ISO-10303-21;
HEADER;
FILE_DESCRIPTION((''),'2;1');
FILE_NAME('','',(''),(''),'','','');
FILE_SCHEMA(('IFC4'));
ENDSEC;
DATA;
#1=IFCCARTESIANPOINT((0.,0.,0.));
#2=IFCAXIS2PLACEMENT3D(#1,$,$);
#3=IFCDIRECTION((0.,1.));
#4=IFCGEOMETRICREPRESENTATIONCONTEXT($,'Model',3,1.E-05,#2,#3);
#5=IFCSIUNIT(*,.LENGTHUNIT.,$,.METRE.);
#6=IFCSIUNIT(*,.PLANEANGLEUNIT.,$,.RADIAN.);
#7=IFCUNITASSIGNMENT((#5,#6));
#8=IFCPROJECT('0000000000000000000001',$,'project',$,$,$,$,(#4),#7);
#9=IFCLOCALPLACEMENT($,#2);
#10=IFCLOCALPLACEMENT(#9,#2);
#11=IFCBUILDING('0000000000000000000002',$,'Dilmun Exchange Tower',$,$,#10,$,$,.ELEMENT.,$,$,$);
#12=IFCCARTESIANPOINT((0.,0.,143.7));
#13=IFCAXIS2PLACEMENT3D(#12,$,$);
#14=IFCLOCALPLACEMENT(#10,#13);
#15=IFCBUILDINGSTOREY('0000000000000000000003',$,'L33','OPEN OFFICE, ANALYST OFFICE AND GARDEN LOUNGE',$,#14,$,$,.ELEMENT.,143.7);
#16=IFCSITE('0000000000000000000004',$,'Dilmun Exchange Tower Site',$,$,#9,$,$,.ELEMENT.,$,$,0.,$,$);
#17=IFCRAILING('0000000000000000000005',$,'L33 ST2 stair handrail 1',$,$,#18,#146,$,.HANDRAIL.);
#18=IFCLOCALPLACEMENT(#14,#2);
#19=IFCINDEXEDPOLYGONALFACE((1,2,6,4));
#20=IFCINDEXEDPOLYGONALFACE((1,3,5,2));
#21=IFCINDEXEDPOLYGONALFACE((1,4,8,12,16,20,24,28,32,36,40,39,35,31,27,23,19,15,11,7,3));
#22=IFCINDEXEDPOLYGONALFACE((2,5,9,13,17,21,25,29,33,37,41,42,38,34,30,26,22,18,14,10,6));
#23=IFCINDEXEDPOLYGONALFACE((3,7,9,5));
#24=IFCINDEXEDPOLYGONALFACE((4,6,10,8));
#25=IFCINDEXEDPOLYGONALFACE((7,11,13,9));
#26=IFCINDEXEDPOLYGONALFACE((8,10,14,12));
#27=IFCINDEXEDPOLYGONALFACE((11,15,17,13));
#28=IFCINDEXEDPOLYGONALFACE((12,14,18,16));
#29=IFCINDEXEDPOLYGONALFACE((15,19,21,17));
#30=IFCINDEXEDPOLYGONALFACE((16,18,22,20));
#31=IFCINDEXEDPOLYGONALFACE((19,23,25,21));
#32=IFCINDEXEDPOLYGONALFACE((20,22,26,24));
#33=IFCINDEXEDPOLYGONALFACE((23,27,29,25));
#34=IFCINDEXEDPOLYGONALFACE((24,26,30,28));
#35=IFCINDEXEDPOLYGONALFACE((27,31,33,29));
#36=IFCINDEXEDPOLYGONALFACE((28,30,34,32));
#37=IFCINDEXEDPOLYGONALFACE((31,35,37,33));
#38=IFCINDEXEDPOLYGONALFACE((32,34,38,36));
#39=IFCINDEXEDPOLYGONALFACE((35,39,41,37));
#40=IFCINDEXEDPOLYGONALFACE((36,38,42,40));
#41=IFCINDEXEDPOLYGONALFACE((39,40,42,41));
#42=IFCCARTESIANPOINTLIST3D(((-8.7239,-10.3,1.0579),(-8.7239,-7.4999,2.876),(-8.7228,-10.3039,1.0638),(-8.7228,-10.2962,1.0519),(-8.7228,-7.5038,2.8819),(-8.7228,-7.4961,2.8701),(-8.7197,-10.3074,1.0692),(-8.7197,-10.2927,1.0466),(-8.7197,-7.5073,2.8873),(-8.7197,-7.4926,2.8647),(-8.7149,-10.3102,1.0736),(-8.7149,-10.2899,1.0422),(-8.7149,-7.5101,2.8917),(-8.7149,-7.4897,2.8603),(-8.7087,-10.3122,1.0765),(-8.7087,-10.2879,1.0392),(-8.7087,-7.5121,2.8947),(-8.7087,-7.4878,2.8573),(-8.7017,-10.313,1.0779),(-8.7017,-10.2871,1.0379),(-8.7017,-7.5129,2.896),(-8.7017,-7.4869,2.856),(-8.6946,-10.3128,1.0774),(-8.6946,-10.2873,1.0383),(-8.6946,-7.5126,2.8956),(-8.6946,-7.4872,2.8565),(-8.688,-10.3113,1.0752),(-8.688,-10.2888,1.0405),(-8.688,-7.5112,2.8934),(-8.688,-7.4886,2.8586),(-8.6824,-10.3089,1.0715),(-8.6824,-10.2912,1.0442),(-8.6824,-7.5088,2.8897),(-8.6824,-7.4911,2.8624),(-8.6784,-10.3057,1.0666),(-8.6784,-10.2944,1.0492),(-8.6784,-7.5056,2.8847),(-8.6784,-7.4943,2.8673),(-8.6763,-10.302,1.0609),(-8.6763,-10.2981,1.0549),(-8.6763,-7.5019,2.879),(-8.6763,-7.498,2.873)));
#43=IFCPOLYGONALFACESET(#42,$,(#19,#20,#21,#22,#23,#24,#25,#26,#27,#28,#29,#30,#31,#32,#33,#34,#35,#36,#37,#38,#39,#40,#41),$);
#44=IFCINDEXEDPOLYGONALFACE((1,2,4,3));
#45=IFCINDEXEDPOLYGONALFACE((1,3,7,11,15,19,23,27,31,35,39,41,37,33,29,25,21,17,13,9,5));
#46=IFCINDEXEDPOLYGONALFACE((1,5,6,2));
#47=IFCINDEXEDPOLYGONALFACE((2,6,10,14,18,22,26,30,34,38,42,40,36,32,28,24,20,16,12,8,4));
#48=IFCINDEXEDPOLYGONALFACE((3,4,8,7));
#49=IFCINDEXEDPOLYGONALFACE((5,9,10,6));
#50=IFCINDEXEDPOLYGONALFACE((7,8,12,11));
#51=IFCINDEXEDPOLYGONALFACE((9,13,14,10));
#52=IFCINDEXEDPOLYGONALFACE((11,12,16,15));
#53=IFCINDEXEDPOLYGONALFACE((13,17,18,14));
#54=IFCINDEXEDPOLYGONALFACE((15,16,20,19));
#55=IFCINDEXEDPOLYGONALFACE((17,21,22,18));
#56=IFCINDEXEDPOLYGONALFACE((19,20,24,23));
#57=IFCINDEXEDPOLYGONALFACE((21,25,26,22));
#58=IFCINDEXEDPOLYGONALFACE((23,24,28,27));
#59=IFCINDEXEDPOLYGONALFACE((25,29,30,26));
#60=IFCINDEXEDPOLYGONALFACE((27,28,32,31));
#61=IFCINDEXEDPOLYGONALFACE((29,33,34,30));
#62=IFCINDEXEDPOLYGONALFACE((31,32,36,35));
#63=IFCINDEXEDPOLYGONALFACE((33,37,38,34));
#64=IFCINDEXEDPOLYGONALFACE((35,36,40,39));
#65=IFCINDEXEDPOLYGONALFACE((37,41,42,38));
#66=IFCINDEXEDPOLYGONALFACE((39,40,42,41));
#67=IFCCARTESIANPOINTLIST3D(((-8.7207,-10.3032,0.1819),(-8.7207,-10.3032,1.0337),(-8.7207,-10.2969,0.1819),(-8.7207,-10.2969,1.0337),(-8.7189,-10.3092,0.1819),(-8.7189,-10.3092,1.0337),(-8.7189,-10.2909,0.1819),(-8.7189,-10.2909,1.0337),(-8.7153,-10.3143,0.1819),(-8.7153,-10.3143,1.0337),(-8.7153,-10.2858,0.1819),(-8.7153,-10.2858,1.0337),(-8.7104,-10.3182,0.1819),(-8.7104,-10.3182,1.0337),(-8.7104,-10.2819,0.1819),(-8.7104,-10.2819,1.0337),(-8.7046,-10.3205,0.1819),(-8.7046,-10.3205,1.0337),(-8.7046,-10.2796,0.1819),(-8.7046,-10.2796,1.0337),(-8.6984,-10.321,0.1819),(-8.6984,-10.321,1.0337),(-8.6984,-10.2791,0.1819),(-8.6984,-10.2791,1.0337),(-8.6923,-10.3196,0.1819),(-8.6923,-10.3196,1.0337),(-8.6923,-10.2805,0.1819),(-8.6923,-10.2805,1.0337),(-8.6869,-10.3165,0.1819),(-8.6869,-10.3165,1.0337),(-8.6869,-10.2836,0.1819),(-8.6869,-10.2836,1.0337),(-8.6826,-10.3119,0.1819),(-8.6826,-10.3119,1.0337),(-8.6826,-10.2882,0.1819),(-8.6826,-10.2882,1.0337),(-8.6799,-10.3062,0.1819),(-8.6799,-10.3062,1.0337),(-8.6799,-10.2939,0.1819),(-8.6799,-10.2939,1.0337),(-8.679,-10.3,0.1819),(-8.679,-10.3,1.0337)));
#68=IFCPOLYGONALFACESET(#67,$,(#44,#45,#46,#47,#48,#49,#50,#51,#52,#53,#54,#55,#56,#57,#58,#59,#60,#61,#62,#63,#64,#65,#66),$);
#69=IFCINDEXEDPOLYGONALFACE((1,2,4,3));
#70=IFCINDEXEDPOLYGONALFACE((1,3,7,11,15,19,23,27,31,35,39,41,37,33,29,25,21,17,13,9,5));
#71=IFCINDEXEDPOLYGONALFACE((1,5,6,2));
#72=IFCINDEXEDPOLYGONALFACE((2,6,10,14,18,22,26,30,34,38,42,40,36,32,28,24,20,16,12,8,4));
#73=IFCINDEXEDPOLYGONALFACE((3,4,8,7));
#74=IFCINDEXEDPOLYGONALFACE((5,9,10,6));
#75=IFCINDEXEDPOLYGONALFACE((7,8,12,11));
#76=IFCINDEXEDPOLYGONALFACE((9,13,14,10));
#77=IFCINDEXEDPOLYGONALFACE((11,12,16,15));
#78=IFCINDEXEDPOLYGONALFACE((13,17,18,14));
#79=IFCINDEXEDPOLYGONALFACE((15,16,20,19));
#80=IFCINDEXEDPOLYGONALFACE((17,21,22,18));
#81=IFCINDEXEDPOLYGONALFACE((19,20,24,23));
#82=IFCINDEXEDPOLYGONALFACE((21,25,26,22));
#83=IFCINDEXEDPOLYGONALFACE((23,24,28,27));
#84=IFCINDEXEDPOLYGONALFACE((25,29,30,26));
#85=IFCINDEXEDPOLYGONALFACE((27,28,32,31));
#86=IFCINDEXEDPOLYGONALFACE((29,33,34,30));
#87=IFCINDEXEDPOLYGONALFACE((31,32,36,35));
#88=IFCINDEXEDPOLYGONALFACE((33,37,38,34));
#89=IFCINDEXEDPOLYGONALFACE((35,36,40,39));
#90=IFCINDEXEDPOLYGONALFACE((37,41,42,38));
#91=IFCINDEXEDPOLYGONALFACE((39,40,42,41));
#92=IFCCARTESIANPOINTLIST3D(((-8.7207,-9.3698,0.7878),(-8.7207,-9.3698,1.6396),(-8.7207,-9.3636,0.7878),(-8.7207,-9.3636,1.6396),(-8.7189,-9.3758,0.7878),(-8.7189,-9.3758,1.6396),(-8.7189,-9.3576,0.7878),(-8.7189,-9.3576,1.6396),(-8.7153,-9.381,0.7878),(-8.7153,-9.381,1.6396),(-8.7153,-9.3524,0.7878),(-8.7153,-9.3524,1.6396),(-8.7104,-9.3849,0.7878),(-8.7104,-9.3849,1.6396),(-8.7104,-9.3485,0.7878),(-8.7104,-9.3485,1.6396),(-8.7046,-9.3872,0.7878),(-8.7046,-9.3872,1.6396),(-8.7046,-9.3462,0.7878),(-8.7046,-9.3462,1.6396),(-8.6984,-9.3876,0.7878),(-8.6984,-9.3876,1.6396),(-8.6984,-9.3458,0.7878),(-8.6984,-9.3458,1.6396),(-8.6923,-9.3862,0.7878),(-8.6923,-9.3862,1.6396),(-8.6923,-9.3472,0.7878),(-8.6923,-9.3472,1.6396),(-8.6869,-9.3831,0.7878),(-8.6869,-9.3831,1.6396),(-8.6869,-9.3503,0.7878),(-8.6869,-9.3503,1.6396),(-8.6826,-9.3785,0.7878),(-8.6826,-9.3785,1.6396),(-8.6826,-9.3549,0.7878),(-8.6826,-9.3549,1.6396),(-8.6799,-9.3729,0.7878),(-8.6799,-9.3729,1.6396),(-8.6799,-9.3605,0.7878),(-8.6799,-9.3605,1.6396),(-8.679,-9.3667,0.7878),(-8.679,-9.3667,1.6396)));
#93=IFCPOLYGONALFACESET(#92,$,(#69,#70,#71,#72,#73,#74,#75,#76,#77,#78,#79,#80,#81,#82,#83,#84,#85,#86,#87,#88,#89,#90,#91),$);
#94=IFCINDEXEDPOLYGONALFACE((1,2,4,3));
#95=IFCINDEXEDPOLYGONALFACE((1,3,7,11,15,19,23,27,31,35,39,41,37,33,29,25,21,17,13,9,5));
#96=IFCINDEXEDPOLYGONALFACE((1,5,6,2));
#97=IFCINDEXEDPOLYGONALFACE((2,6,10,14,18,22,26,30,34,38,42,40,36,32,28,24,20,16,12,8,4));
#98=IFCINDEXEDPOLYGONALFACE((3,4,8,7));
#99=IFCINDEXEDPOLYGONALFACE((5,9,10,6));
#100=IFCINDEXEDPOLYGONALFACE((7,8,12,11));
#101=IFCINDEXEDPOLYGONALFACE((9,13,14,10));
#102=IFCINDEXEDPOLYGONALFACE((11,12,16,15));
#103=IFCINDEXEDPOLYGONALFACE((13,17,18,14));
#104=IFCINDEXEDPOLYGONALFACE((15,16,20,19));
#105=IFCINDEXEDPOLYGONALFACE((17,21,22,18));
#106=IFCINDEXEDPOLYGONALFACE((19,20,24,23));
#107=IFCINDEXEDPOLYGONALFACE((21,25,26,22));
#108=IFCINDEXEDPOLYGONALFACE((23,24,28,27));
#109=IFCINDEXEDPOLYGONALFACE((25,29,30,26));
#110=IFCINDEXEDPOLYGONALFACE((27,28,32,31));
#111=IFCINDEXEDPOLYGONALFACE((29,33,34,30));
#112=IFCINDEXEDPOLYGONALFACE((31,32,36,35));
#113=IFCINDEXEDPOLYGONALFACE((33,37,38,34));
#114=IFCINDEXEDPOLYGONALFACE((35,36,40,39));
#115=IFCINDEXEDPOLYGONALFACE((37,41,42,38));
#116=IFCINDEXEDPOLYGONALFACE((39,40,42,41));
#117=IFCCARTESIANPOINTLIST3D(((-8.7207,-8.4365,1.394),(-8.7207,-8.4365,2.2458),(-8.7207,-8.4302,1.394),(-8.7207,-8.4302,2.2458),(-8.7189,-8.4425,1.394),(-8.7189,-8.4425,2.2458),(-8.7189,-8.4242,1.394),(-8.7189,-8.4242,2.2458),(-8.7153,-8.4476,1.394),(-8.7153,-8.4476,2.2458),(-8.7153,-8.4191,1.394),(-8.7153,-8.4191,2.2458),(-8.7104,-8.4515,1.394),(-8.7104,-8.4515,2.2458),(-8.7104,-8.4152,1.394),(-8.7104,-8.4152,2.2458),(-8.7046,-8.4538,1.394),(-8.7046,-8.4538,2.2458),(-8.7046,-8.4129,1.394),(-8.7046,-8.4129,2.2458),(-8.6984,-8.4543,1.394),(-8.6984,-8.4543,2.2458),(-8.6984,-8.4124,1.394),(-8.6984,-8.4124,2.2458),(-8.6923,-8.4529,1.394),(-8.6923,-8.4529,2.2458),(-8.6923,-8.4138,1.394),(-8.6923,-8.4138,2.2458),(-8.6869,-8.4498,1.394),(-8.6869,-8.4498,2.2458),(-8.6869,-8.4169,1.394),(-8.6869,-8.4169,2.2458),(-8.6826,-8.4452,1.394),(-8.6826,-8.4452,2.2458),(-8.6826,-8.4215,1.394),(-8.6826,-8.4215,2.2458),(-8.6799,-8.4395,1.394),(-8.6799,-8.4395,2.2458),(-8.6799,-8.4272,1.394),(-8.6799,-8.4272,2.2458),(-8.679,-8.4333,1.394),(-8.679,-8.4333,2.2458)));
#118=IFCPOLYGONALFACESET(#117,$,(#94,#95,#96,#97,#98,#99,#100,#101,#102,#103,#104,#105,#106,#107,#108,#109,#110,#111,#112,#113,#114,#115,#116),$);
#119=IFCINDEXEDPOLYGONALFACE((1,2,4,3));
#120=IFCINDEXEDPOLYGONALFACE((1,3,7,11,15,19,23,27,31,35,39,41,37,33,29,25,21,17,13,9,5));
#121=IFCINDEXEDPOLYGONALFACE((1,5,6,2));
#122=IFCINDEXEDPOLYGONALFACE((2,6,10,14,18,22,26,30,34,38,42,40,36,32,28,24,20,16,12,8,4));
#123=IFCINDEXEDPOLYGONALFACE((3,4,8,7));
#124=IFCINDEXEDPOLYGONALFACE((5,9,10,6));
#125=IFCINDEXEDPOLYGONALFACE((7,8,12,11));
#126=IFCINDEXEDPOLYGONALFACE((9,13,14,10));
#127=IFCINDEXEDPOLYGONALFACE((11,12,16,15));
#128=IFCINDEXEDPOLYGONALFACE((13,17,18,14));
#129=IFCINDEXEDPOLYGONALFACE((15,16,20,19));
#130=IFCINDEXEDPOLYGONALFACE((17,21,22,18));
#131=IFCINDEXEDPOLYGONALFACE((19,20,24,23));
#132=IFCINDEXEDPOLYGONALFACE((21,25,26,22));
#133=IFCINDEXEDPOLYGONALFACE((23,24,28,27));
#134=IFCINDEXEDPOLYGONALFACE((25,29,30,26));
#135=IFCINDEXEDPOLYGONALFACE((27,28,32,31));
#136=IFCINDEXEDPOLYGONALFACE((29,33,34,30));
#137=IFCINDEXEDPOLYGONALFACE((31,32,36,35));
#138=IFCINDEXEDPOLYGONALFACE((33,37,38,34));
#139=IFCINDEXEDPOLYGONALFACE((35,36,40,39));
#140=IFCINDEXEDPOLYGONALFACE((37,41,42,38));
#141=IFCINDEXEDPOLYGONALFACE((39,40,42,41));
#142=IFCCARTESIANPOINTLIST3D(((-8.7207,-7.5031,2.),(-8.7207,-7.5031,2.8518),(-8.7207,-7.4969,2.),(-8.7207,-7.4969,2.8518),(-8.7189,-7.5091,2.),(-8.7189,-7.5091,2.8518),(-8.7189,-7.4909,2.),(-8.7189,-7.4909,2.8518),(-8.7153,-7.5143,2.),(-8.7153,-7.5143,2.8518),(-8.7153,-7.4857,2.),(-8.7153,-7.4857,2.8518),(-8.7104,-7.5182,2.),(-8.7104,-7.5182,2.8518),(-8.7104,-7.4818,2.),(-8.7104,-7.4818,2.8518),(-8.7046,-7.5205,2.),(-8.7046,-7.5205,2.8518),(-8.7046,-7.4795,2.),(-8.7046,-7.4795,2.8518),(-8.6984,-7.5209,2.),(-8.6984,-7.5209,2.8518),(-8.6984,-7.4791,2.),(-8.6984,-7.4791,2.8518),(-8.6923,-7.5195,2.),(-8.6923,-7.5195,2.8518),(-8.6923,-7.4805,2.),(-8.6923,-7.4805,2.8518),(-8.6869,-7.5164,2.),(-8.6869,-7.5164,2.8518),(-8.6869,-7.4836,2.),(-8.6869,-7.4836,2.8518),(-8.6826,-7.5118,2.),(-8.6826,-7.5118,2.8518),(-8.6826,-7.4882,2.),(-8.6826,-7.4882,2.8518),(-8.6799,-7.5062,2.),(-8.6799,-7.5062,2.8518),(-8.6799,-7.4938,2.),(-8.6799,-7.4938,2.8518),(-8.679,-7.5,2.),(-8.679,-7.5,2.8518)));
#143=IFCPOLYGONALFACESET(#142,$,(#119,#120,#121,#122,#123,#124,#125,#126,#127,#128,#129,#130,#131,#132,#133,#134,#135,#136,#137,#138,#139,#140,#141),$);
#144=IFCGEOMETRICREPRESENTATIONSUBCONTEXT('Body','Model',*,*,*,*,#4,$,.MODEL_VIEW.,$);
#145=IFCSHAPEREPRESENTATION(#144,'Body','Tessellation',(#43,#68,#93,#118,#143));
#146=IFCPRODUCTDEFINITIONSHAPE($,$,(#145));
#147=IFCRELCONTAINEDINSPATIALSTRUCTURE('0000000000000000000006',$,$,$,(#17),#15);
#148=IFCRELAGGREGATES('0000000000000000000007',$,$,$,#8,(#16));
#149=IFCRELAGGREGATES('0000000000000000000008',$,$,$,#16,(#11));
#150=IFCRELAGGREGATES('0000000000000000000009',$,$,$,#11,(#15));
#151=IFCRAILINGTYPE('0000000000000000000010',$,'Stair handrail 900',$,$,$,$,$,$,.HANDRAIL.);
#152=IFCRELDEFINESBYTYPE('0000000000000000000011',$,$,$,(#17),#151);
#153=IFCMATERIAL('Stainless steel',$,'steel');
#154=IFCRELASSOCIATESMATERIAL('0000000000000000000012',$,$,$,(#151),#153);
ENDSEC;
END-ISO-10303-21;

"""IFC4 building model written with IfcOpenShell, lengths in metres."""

from ifc_helpers import new_model, si_unit, direction, frame, origin, origin_2d, place, context, subcontext, project, spatial, circle, extrude, material, type_object, element, save


model = new_model("IFC4")

# Units and contexts
model_context = context("Model", 3, precision=1e-05, world=origin(), true_north=direction((0.0, 1.0)))
body_context = subcontext(model_context, "Body", "Model", "MODEL_VIEW")
ifc_project = project(units=[si_unit("LENGTHUNIT", "METRE"), si_unit("PLANEANGLEUNIT", "RADIAN")], contexts=[model_context])

# Site, building, storey
site_placement = place(None, origin())
site = spatial("IfcSite", under=ifc_project, at=site_placement, Name="Dilmun Exchange Tower Site", CompositionType="ELEMENT", RefElevation=0.0)
building_placement = place(site_placement, origin())
building = spatial("IfcBuilding", under=site, at=building_placement, Name="Dilmun Exchange Tower", CompositionType="ELEMENT")
storey_placement = place(building_placement, frame((0.0, 0.0, 143.7)))
storey = spatial("IfcBuildingStorey", under=building, at=storey_placement, Name="L33", Description="OPEN OFFICE, ANALYST OFFICE AND GARDEN LOUNGE", CompositionType="ELEMENT", Elevation=143.7)

# Railing
ifc_material_1 = material(Name="Stainless steel", Category="steel")
railing_type = type_object("IfcRailingType", Name="Stair handrail 900", PredefinedType="HANDRAIL", material=ifc_material_1)
railing_placement = place(storey_placement, frame((-8.7, -10.3, 0.1819)))
element("IfcRailing", 1, at=railing_placement, inside=storey, type_object=railing_type, Name="L33 ST2 stair handrail 1", PredefinedType="HANDRAIL", context=body_context, shape_type="SweptSolid", body=[
    extrude(circle(Radius=0.0239, at=origin_2d()), frame((0.0, 0.0, 0.876), z_axis=(0.0, 0.838706, 0.544585), x_axis=(-1.0, 0.0, 0.0)), (0.0, 0.0, 1.0), 3.3386),
    extrude(circle(Radius=0.021, at=origin_2d()), origin(), (0.0, 0.0, 1.0), 0.8518),
    extrude(circle(Radius=0.021, at=origin_2d()), frame((0.0, 0.9333, 0.606)), (0.0, 0.0, 1.0), 0.8518),
    extrude(circle(Radius=0.021, at=origin_2d()), frame((0.0, 1.8667, 1.2122)), (0.0, 0.0, 1.0), 0.8518),
    extrude(circle(Radius=0.021, at=origin_2d()), frame((0.0, 2.8, 1.8181)), (0.0, 0.0, 1.0), 0.8518),
])

save(model, "model.ifc")
